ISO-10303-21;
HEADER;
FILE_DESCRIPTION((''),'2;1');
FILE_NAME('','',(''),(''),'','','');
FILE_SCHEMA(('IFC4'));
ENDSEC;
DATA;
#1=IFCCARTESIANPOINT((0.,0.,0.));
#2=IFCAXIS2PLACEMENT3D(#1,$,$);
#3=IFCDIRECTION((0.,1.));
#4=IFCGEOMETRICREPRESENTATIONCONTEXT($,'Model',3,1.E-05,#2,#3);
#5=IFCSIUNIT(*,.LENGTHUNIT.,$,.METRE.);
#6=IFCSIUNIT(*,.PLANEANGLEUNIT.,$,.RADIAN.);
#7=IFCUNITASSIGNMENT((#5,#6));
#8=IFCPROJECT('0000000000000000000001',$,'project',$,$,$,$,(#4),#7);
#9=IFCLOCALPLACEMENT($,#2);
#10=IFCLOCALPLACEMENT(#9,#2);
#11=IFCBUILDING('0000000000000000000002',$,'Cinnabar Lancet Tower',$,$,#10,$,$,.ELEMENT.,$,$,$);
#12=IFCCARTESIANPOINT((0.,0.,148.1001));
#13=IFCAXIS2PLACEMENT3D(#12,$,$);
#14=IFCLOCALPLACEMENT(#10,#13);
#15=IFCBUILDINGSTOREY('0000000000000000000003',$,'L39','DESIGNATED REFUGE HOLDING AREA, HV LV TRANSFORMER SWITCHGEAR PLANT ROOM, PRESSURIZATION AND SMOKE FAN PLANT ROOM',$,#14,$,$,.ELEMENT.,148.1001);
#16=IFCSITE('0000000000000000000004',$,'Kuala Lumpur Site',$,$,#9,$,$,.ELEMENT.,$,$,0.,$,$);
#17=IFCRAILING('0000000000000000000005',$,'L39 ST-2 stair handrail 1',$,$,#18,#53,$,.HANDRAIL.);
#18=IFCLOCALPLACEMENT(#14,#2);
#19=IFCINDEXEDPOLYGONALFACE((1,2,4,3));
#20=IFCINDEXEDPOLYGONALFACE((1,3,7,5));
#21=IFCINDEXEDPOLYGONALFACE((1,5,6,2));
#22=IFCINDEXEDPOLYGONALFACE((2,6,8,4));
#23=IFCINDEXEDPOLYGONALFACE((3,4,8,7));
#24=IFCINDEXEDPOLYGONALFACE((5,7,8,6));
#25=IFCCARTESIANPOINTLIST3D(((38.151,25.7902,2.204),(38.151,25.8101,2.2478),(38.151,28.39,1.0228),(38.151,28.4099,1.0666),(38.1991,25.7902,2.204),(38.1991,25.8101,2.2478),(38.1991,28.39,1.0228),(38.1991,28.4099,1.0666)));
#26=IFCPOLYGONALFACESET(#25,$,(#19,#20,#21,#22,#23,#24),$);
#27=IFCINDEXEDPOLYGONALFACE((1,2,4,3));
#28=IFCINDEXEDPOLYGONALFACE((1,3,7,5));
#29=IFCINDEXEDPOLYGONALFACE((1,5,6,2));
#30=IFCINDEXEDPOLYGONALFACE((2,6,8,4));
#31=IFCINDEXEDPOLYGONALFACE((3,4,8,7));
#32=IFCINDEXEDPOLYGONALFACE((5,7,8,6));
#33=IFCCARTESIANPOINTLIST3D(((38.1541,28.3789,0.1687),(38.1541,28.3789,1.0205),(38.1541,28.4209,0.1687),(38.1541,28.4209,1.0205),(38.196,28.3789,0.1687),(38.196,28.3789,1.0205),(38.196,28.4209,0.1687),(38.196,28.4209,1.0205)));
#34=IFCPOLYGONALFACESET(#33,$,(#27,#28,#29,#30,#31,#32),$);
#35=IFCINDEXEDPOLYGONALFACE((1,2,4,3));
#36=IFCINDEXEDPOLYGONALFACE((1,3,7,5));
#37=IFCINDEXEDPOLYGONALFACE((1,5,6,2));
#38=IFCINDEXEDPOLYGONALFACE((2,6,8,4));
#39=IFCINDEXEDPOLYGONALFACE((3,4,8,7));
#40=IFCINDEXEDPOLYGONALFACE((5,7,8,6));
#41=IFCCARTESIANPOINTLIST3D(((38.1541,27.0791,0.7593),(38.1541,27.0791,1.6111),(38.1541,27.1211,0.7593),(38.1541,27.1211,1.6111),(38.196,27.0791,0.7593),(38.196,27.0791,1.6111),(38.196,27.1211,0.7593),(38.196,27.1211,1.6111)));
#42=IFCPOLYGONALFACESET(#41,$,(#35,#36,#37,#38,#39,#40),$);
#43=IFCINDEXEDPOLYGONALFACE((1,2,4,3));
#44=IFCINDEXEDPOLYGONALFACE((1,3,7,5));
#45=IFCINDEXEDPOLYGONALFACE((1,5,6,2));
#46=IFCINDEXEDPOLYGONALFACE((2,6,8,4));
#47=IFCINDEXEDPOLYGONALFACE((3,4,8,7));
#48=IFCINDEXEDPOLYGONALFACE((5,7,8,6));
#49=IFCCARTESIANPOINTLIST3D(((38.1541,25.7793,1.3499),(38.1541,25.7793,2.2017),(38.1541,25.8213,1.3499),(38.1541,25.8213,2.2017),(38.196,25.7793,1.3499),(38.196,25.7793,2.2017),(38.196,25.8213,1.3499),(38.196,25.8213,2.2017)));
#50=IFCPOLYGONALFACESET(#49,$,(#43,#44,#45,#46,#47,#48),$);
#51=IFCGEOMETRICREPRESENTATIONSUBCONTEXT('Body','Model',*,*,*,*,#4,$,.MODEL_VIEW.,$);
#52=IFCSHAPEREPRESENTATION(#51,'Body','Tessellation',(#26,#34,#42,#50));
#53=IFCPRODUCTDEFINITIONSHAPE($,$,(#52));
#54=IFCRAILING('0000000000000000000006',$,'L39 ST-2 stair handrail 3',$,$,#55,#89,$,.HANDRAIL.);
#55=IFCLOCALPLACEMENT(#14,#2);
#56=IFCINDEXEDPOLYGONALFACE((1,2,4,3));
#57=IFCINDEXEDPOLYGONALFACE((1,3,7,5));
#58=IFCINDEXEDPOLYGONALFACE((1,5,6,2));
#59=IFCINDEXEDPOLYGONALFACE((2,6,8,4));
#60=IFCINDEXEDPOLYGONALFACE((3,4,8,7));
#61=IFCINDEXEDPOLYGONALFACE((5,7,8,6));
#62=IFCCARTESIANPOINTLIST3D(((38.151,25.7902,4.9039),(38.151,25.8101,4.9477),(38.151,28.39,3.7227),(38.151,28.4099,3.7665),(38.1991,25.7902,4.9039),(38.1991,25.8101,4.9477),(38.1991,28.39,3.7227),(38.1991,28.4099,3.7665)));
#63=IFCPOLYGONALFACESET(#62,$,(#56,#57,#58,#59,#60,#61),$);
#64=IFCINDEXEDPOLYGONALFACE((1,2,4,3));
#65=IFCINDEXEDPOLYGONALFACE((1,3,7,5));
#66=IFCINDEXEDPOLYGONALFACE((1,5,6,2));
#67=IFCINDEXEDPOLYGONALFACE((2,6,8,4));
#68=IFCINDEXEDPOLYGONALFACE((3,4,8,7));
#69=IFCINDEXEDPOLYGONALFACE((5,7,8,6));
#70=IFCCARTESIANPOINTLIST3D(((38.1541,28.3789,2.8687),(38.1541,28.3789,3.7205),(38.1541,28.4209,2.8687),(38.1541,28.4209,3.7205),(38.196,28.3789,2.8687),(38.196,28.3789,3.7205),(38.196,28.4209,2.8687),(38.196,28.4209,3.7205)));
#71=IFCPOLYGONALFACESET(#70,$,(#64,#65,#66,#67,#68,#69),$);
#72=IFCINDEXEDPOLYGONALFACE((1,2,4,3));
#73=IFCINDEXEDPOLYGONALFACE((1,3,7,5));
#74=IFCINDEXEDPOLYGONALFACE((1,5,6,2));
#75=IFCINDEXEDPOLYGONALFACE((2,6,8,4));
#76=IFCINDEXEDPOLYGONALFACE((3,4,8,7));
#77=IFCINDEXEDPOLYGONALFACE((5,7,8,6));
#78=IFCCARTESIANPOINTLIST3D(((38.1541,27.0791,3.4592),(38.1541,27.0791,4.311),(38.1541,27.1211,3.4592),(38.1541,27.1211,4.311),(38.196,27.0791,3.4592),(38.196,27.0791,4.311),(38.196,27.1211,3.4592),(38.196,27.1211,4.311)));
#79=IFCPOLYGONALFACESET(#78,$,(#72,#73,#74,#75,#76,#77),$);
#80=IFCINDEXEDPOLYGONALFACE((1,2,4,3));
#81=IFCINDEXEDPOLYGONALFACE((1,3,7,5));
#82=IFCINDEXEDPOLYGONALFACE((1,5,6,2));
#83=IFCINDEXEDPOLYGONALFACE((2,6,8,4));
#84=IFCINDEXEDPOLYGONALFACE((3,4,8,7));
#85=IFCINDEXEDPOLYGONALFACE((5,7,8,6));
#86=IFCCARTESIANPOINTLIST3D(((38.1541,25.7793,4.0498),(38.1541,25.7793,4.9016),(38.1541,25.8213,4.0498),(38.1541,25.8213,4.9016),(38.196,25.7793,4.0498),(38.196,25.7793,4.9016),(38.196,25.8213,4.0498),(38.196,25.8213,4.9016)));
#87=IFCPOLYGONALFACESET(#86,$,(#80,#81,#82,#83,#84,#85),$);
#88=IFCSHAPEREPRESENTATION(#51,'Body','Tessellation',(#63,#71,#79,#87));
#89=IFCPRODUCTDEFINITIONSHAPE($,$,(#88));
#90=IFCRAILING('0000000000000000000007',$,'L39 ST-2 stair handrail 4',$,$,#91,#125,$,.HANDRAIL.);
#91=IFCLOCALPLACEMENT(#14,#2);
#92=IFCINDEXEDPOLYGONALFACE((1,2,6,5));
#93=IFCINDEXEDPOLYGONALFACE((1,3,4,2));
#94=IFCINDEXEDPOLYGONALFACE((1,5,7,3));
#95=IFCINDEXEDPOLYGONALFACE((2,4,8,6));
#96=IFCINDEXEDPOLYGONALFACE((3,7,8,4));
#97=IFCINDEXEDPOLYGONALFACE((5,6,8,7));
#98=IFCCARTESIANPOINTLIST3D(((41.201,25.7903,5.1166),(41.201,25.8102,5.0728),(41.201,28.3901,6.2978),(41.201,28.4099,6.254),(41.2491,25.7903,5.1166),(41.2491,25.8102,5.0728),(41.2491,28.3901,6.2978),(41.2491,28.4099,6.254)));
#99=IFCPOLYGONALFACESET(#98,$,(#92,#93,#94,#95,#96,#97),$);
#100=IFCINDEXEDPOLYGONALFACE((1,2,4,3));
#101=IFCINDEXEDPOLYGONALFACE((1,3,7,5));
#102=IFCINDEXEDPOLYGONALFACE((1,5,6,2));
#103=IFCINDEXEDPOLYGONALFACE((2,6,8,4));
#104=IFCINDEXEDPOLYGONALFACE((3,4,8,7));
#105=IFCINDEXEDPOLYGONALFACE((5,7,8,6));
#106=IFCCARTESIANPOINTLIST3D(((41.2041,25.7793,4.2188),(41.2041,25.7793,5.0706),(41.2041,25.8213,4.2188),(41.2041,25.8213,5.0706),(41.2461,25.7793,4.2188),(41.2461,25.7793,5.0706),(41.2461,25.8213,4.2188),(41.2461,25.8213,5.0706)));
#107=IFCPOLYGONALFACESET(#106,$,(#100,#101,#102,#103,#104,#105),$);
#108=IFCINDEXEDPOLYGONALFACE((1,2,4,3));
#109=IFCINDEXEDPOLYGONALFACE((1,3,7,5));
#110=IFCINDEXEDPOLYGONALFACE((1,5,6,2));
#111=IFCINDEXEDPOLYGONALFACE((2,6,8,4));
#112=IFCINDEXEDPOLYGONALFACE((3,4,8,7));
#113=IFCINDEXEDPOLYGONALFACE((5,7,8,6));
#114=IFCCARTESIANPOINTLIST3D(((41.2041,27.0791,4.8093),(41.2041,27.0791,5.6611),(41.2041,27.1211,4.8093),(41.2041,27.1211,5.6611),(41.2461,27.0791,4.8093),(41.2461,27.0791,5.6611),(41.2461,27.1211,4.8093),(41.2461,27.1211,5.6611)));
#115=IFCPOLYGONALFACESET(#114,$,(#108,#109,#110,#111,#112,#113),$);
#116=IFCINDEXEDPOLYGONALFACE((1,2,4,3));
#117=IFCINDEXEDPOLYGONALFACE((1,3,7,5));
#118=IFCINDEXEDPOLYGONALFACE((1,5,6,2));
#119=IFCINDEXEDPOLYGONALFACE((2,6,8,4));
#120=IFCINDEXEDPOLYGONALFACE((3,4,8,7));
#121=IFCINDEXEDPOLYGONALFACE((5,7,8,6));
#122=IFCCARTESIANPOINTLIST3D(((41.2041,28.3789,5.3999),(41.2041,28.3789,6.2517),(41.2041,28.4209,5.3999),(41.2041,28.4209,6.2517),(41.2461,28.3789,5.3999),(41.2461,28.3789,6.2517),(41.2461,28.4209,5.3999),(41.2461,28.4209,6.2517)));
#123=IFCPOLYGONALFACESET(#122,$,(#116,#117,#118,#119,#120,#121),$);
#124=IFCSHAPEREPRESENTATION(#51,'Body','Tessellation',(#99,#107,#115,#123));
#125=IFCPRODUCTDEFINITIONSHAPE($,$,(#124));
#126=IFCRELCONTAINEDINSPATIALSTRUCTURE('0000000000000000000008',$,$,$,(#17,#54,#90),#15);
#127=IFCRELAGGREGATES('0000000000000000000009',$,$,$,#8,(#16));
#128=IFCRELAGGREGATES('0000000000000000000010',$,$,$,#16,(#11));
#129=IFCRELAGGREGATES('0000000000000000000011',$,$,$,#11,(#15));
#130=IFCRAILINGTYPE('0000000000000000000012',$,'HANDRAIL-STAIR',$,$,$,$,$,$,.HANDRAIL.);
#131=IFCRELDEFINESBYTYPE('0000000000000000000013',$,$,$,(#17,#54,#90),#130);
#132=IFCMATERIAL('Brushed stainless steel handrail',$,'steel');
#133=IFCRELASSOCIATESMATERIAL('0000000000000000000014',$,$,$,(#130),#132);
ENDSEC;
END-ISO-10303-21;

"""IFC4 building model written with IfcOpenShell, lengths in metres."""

from ifc_helpers import new_model, si_unit, direction, frame, origin, origin_2d, place, context, subcontext, project, spatial, rectangle, extrude, material, type_object, element, save


model = new_model("IFC4")

# Units and contexts
model_context = context("Model", 3, precision=1e-05, world=origin(), true_north=direction((0.0, 1.0)))
body_context = subcontext(model_context, "Body", "Model", "MODEL_VIEW")
ifc_project = project(units=[si_unit("LENGTHUNIT", "METRE"), si_unit("PLANEANGLEUNIT", "RADIAN")], contexts=[model_context])

# Site, building, storey
site_placement = place(None, origin())
site = spatial("IfcSite", under=ifc_project, at=site_placement, Name="Kuala Lumpur Site", CompositionType="ELEMENT", RefElevation=0.0)
building_placement = place(site_placement, origin())
building = spatial("IfcBuilding", under=site, at=building_placement, Name="Cinnabar Lancet Tower", CompositionType="ELEMENT")
storey_placement = place(building_placement, frame((0.0, 0.0, 148.1001)))
storey = spatial("IfcBuildingStorey", under=building, at=storey_placement, Name="L39", Description="DESIGNATED REFUGE HOLDING AREA, HV LV TRANSFORMER SWITCHGEAR PLANT ROOM, PRESSURIZATION AND SMOKE FAN PLANT ROOM", CompositionType="ELEMENT", Elevation=148.1001)

# Railings
ifc_material_1 = material(Name="Brushed stainless steel handrail", Category="steel")
railing_type_1 = type_object("IfcRailingType", Name="HANDRAIL-STAIR", PredefinedType="HANDRAIL", material=ifc_material_1)
for number, where, name in (
    (1, (38.175, 28.3999, 0.1687), "L39 ST-2 stair handrail 1"),
    (2, (38.175, 28.3999, 2.8687), "L39 ST-2 stair handrail 3"),
):
    element("IfcRailing", number, at=place(storey_placement, frame(where)), inside=storey, type_object=railing_type_1, Name=name, PredefinedType="HANDRAIL", context=body_context, shape_type="SweptSolid", body=[
        extrude(rectangle(XDim=0.0481, YDim=0.0481, at=origin_2d()), frame((0.0, 0.0, 0.876), z_axis=(0.0, -0.910431, 0.413661), x_axis=(1.0, 0.0, 0.0)), (0.0, 0.0, 1.0), 2.8555),
        extrude(rectangle(XDim=0.042, YDim=0.042, at=origin_2d()), origin(), (0.0, 0.0, 1.0), 0.8518),
        extrude(rectangle(XDim=0.042, YDim=0.042, at=origin_2d()), frame((0.0, -1.2998, 0.5906)), (0.0, 0.0, 1.0), 0.8518),
        extrude(rectangle(XDim=0.042, YDim=0.042, at=origin_2d()), frame((0.0, -2.5996, 1.1812)), (0.0, 0.0, 1.0), 0.8518),
    ])
railing_1_placement = place(storey_placement, frame((41.2251, 25.8003, 4.2188)))
element("IfcRailing", 3, at=railing_1_placement, inside=storey, type_object=railing_type_1, Name="L39 ST-2 stair handrail 4", PredefinedType="HANDRAIL", context=body_context, shape_type="SweptSolid", body=[
    extrude(rectangle(XDim=0.0481, YDim=0.0481, at=origin_2d()), frame((0.0, 0.0, 0.876), z_axis=(0.0, 0.910431, 0.413661), x_axis=(-1.0, 0.0, 0.0)), (0.0, 0.0, 1.0), 2.8555),
    extrude(rectangle(XDim=0.042, YDim=0.042, at=origin_2d()), origin(), (0.0, 0.0, 1.0), 0.8518),
    extrude(rectangle(XDim=0.042, YDim=0.042, at=origin_2d()), frame((0.0, 1.2998, 0.5906)), (0.0, 0.0, 1.0), 0.8518),
    extrude(rectangle(XDim=0.042, YDim=0.042, at=origin_2d()), frame((0.0, 2.5996, 1.1812)), (0.0, 0.0, 1.0), 0.8518),
])

save(model, "model.ifc")
